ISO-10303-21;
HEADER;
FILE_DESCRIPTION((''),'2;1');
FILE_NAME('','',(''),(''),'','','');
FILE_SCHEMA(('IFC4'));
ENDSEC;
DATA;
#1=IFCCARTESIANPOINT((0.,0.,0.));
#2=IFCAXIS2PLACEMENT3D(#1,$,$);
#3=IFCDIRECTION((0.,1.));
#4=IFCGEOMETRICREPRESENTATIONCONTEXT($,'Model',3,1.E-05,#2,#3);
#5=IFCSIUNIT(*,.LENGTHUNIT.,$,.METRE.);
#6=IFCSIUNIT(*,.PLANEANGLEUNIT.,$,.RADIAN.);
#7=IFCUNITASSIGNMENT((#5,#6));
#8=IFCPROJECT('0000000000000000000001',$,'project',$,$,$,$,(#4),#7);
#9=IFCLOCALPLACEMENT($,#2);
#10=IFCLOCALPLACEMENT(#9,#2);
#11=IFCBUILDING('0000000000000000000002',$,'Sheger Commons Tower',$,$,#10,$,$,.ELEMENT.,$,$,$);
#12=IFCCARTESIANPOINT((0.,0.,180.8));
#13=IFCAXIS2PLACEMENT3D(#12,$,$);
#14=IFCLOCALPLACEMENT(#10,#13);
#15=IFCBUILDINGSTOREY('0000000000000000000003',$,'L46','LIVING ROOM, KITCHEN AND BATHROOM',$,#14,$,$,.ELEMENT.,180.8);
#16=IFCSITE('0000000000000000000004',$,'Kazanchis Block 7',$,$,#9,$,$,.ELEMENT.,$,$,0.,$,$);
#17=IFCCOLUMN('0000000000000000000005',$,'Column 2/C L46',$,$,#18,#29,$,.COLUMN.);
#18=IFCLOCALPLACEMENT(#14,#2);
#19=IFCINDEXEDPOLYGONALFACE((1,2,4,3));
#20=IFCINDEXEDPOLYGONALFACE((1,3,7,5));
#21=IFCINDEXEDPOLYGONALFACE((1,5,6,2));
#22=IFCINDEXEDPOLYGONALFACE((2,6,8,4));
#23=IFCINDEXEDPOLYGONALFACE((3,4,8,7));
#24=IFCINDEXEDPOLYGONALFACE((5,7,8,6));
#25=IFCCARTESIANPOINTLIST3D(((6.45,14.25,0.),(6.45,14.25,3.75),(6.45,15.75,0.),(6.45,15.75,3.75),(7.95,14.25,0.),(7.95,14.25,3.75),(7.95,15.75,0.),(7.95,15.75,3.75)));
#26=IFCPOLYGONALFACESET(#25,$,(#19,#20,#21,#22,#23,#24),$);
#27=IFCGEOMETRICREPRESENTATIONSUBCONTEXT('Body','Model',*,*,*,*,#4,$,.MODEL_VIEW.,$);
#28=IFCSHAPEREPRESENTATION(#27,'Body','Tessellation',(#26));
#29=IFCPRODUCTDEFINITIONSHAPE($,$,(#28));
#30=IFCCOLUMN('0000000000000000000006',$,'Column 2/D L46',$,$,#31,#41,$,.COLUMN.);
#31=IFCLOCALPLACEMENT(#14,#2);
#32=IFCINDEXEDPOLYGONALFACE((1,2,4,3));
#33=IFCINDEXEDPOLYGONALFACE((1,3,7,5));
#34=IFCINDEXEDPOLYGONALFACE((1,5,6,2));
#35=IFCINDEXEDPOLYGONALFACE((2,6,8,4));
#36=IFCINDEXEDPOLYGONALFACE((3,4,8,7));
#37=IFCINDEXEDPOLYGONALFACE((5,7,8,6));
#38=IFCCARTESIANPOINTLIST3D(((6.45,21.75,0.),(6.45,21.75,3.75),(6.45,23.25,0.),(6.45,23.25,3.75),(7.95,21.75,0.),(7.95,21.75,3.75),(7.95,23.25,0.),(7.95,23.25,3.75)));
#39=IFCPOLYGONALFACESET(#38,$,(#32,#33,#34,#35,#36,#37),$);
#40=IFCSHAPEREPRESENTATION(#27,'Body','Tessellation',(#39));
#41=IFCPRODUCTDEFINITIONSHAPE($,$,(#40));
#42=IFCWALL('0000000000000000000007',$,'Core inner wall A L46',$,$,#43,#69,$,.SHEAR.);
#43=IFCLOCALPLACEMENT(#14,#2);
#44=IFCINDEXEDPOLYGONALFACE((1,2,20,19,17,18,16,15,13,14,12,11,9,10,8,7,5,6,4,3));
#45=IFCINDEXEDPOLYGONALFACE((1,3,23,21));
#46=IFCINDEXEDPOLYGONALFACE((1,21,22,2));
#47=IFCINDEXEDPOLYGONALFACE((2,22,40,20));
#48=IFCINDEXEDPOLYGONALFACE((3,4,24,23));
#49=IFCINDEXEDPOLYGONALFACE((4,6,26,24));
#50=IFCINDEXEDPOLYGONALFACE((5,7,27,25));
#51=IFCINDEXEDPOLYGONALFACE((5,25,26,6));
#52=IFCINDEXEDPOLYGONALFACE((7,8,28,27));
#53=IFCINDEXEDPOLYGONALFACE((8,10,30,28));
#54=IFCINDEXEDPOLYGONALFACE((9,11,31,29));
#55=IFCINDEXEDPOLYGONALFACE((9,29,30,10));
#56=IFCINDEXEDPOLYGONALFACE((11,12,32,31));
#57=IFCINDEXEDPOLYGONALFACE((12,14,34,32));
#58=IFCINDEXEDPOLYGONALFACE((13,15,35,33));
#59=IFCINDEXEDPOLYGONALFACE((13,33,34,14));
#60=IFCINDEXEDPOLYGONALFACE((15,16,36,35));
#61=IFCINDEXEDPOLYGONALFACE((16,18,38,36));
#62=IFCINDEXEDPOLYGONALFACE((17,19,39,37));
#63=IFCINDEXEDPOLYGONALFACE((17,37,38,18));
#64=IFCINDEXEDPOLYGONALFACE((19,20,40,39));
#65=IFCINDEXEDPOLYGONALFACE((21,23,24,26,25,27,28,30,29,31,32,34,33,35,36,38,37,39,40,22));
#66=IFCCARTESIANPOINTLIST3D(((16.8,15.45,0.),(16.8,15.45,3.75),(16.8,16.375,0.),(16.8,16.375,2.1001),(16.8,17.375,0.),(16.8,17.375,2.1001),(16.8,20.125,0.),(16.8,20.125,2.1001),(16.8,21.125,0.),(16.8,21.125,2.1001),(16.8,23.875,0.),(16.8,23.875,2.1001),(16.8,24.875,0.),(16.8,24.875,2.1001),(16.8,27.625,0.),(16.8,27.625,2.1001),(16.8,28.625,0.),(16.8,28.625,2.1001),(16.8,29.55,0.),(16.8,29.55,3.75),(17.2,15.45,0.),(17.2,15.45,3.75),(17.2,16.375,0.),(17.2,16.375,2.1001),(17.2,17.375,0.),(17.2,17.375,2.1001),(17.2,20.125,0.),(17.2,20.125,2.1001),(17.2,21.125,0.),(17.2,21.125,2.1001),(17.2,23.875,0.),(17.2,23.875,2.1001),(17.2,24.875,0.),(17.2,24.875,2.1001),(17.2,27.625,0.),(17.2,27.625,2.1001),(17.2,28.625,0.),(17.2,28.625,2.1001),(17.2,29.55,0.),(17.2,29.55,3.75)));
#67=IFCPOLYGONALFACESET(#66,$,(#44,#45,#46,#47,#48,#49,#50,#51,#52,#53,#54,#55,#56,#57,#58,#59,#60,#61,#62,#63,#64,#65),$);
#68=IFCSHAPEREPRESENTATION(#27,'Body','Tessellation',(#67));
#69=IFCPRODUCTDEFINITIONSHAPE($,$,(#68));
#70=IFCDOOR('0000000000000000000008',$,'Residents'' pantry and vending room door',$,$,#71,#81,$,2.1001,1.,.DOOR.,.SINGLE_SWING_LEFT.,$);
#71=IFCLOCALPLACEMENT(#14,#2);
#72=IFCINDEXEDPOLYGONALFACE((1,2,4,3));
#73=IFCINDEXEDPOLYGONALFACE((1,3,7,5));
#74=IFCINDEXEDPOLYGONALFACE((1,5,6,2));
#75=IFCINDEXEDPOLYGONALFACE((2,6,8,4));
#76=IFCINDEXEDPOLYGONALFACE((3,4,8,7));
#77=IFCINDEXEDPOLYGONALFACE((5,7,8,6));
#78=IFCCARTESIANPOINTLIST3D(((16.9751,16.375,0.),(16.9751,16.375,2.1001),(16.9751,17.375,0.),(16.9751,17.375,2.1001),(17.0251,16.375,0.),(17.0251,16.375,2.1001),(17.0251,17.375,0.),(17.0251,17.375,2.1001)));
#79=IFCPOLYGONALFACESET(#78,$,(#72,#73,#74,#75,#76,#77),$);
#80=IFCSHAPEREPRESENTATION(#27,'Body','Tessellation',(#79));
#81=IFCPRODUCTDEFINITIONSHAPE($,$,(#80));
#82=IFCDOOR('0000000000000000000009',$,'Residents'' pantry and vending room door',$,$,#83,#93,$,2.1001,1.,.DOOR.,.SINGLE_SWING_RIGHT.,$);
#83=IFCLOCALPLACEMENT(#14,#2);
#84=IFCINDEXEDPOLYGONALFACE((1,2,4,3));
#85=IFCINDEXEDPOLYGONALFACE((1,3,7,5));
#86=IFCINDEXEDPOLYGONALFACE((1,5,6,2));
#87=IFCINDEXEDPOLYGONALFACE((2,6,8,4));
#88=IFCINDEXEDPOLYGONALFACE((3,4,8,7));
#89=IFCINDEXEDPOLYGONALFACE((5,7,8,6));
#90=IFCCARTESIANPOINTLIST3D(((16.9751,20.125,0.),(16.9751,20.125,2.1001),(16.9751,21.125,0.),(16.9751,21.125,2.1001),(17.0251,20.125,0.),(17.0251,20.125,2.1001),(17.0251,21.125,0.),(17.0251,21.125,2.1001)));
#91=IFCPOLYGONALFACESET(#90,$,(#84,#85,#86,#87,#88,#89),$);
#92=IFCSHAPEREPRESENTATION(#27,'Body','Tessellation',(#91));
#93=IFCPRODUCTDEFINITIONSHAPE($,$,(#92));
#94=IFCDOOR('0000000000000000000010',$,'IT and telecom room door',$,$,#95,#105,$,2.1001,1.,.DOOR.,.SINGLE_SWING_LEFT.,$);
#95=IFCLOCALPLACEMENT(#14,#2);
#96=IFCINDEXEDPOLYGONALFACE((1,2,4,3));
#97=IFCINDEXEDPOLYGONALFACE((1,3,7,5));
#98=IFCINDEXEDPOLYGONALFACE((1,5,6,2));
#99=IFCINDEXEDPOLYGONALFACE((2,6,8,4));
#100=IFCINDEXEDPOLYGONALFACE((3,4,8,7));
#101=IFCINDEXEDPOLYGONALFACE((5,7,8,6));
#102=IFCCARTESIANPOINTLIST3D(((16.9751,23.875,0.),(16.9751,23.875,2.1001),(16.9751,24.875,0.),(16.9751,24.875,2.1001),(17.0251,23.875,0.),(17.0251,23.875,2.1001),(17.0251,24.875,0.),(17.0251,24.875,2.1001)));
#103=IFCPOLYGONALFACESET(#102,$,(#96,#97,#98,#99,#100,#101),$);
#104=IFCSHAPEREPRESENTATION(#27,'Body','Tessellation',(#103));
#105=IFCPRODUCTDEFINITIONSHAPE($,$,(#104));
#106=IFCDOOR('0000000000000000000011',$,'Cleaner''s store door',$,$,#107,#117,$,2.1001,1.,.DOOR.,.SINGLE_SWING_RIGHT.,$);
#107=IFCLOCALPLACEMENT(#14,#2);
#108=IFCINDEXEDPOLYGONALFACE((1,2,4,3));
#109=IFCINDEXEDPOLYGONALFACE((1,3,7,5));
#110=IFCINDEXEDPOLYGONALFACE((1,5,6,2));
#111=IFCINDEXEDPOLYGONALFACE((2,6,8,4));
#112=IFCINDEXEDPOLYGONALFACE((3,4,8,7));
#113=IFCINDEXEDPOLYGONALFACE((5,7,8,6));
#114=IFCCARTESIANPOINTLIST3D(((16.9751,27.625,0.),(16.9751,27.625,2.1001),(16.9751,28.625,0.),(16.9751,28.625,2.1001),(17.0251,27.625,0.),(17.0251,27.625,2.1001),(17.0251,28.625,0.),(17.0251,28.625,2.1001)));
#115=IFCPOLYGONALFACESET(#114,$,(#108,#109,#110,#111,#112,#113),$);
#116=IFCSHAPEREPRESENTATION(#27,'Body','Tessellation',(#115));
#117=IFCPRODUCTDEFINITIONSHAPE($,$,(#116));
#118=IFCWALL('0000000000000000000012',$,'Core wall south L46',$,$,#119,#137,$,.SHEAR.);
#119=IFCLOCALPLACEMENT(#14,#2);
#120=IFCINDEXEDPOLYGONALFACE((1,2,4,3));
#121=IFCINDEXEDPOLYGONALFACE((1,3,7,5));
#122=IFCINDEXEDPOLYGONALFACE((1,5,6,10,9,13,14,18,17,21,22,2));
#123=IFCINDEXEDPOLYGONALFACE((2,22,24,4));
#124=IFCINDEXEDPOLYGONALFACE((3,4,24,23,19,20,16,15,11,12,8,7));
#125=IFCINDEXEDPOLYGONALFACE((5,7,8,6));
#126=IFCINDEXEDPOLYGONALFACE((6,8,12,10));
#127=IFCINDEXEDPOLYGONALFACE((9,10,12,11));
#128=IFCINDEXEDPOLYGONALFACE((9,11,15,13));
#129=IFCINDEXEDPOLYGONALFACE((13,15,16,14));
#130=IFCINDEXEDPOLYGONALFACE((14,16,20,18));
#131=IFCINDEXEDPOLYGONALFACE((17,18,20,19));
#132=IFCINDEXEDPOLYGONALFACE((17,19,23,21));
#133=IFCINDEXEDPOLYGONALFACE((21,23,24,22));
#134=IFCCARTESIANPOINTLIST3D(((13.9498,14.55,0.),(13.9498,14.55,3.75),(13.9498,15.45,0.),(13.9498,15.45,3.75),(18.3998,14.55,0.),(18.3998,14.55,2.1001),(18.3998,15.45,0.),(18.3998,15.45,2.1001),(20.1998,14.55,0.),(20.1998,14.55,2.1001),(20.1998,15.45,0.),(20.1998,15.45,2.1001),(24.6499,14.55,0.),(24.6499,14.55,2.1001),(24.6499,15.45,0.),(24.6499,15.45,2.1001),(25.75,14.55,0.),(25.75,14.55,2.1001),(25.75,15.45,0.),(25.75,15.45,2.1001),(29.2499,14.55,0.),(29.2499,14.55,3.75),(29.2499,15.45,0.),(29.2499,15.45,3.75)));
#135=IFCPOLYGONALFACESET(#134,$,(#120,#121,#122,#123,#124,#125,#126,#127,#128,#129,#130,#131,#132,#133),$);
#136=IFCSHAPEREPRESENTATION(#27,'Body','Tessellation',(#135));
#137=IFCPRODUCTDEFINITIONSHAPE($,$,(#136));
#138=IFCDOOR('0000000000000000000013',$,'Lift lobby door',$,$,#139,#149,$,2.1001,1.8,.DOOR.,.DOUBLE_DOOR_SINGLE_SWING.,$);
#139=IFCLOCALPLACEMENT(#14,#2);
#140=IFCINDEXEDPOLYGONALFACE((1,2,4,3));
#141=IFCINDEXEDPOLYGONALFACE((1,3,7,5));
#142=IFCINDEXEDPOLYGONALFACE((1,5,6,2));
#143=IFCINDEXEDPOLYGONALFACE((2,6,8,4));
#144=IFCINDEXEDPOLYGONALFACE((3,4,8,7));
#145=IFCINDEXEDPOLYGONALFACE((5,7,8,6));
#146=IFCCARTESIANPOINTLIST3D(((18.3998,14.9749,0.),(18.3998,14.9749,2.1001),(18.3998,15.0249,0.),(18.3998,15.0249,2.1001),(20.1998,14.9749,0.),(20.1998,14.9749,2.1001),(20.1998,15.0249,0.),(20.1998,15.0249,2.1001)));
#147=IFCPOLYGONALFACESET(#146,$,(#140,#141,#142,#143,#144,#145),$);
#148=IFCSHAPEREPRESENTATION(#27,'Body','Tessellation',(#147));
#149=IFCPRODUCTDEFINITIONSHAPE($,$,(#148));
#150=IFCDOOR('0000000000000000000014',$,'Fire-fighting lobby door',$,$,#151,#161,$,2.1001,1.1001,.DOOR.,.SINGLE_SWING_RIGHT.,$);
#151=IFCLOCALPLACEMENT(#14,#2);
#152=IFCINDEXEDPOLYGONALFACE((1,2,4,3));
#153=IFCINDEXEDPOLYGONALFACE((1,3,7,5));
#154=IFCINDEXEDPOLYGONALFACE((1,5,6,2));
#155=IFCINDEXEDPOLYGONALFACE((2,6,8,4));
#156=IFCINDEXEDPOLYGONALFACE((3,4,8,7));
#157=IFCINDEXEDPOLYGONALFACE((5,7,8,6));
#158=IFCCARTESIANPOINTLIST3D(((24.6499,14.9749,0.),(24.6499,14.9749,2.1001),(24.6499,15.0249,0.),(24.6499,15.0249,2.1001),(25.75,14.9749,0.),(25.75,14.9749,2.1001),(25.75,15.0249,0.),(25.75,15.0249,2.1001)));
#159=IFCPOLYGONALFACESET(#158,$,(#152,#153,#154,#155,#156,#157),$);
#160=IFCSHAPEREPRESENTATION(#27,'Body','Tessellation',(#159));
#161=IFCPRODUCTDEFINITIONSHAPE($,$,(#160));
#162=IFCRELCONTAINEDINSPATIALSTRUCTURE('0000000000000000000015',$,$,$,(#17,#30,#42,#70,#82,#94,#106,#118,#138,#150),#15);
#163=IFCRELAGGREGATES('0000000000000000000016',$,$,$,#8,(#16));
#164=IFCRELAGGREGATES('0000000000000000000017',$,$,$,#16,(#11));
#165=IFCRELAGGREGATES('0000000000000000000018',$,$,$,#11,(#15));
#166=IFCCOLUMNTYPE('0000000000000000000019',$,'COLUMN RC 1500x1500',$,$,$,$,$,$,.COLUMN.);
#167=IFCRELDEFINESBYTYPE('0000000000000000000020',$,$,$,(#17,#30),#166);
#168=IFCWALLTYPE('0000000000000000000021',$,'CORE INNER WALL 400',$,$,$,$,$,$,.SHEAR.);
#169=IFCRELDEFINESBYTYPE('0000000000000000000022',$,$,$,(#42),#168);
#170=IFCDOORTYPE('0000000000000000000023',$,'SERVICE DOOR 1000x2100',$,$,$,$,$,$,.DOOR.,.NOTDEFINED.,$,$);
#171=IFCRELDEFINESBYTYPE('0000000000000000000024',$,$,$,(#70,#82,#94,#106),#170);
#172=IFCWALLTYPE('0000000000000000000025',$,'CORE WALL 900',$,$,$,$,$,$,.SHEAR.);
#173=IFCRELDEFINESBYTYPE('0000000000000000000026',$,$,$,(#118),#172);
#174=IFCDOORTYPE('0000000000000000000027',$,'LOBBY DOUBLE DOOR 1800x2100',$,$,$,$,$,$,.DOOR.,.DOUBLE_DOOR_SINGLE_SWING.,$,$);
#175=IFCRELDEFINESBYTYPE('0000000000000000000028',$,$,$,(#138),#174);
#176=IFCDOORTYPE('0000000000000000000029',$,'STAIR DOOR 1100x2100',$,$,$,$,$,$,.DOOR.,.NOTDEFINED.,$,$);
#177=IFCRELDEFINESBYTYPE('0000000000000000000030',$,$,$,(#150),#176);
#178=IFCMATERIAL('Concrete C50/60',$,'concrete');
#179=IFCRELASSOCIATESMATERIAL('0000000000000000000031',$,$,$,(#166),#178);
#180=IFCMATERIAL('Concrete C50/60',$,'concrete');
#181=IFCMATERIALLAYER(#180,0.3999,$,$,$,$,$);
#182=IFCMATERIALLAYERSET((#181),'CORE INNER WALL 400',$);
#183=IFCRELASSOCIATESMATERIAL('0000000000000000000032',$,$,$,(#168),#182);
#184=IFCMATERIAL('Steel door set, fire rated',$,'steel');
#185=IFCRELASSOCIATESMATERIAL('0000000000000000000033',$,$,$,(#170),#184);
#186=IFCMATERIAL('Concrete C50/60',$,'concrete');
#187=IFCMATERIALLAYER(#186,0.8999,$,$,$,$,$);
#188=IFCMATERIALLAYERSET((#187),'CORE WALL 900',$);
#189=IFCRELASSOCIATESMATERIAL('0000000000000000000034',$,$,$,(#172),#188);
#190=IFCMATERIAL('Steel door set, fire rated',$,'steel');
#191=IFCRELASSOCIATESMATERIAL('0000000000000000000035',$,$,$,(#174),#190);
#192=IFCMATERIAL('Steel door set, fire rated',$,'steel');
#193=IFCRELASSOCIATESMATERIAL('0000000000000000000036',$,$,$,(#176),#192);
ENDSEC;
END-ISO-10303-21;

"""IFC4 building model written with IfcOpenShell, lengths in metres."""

from ifc_helpers import new_model, si_unit, direction, frame, frame_2d, origin, origin_2d, place, context, subcontext, project, spatial, rectangle, extrude, material, layer, layer_set, material_profile, profile_set, type_object, element, fill, save


model = new_model("IFC4")

# Units and contexts
model_context = context("Model", 3, precision=1e-05, world=origin(), true_north=direction((0.0, 1.0)))
body_context = subcontext(model_context, "Body", "Model", "MODEL_VIEW")
ifc_project = project(units=[si_unit("LENGTHUNIT", "METRE"), si_unit("PLANEANGLEUNIT", "RADIAN")], contexts=[model_context])

# Site, building, storey
site_placement = place(None, origin())
site = spatial("IfcSite", under=ifc_project, at=site_placement, Name="Kazanchis Block 7", CompositionType="ELEMENT", RefElevation=0.0)
building_placement = place(site_placement, origin())
building = spatial("IfcBuilding", under=site, at=building_placement, Name="Sheger Commons Tower", CompositionType="ELEMENT")
storey_placement = place(building_placement, frame((0.0, 0.0, 180.8)))
storey = spatial("IfcBuildingStorey", under=building, at=storey_placement, Name="L46", Description="LIVING ROOM, KITCHEN AND BATHROOM", CompositionType="ELEMENT", Elevation=180.8)

# Columns
ifc_material_1 = material(Name="Concrete C50/60", Category="concrete")
ifc_material_profile = material_profile(ifc_material_1, rectangle(XDim=1.5, YDim=1.5, at=origin_2d()), Name="RC 1500x1500")
ifc_profile_set = profile_set([ifc_material_profile], Name="Concrete C50/60")
column_type = type_object("IfcColumnType", Name="COLUMN RC 1500x1500", PredefinedType="COLUMN", material=ifc_profile_set)
for number, where, z_axis, x_axis, name in (
    (1, (7.2, 15.0, 0.0), (0.0, 0.0, 1.0), (1.0, 0.0, 0.0), "Column 2/C L46"),
    (2, (7.2, 22.5, 0.0), (0.0, 0.0, 1.0), (1.0, 0.0, 0.0), "Column 2/D L46"),
):
    element("IfcColumn", number, at=place(storey_placement, frame(where, z_axis=z_axis, x_axis=x_axis)), inside=storey, type_object=column_type, Name=name, PredefinedType="COLUMN", context=body_context, shape_type="SweptSolid", body=[
        extrude(rectangle(XDim=1.5, YDim=1.5, at=origin_2d()), origin(), (0.0, 0.0, 1.0), 3.75),
    ])

# Walls, openings, doors
ifc_material_2 = material(Name="Concrete C50/60", Category="concrete")
ifc_layer_1 = layer(ifc_material_2, 0.3999)
ifc_layer_set_1 = layer_set([ifc_layer_1], Name="CORE INNER WALL 400")
wall_type_1 = type_object("IfcWallType", Name="CORE INNER WALL 400", PredefinedType="SHEAR", material=ifc_layer_set_1)
wall_1_placement = place(storey_placement, frame((17.0, 15.45, 0.0), z_axis=(0.0, 0.0, 1.0), x_axis=(0.0, 1.0, 0.0)))
wall_1 = element("IfcWall", 3, at=wall_1_placement, inside=storey, type_object=wall_type_1, Name="Core inner wall A L46", PredefinedType="SHEAR", context=body_context, shape_type="SweptSolid", body=[
    extrude(rectangle(XDim=14.1001, YDim=0.3999, at=frame_2d((7.05, 0.0))), origin(), (0.0, 0.0, 1.0), 3.75),
])
opening_1_placement = place(wall_1_placement, frame((0.925, 0.0, 0.0)))
opening_1 = element("IfcOpeningElement", 4, at=opening_1_placement, cuts=wall_1, PredefinedType="OPENING", context=body_context, shape_type="SweptSolid", body=[
    extrude(rectangle(XDim=1.0, YDim=2.1001, at=frame_2d((0.5, 1.05))), frame((0.0, 0.21, 0.0), z_axis=(0.0, -1.0, 0.0), x_axis=(1.0, 0.0, 0.0)), (0.0, 0.0, 1.0), 0.4199),
])
opening_2_placement = place(wall_1_placement, frame((4.675, 0.0, 0.0)))
opening_2 = element("IfcOpeningElement", 5, at=opening_2_placement, cuts=wall_1, PredefinedType="OPENING", context=body_context, shape_type="SweptSolid", body=[
    extrude(rectangle(XDim=1.0, YDim=2.1001, at=frame_2d((0.5, 1.05))), frame((0.0, 0.21, 0.0), z_axis=(0.0, -1.0, 0.0), x_axis=(1.0, 0.0, 0.0)), (0.0, 0.0, 1.0), 0.4199),
])
opening_3_placement = place(wall_1_placement, frame((8.425, 0.0, 0.0)))
opening_3 = element("IfcOpeningElement", 6, at=opening_3_placement, cuts=wall_1, PredefinedType="OPENING", context=body_context, shape_type="SweptSolid", body=[
    extrude(rectangle(XDim=1.0, YDim=2.1001, at=frame_2d((0.5, 1.05))), frame((0.0, 0.21, 0.0), z_axis=(0.0, -1.0, 0.0), x_axis=(1.0, 0.0, 0.0)), (0.0, 0.0, 1.0), 0.4199),
])
opening_4_placement = place(wall_1_placement, frame((12.175, 0.0, 0.0)))
opening_4 = element("IfcOpeningElement", 7, at=opening_4_placement, cuts=wall_1, PredefinedType="OPENING", context=body_context, shape_type="SweptSolid", body=[
    extrude(rectangle(XDim=1.0, YDim=2.1001, at=frame_2d((0.5, 1.05))), frame((0.0, 0.21, 0.0), z_axis=(0.0, -1.0, 0.0), x_axis=(1.0, 0.0, 0.0)), (0.0, 0.0, 1.0), 0.4199),
])
ifc_material_3 = material(Name="Steel door set, fire rated", Category="steel")
door_type_1 = type_object("IfcDoorType", Name="SERVICE DOOR 1000x2100", OperationType="NOTDEFINED", PredefinedType="DOOR", material=ifc_material_3)
door_1_placement = place(opening_1_placement, origin())
door_1 = element("IfcDoor", 8, at=door_1_placement, inside=storey, type_object=door_type_1, Name="Residents' pantry and vending room door", OperationType="SINGLE_SWING_LEFT", OverallHeight=2.1001, OverallWidth=1.0, PredefinedType="DOOR", context=body_context, shape_type="SweptSolid", body=[
    extrude(rectangle(XDim=1.0, YDim=2.1001, at=frame_2d((0.5, 1.05))), frame((0.0, 0.0249, 0.0), z_axis=(0.0, -1.0, 0.0), x_axis=(1.0, 0.0, 0.0)), (0.0, 0.0, 1.0), 0.05),
])
fill(opening_1, door_1)
door_2_placement = place(opening_2_placement, origin())
door_2 = element("IfcDoor", 9, at=door_2_placement, inside=storey, type_object=door_type_1, Name="Residents' pantry and vending room door", OperationType="SINGLE_SWING_RIGHT", OverallHeight=2.1001, OverallWidth=1.0, PredefinedType="DOOR", context=body_context, shape_type="SweptSolid", body=[
    extrude(rectangle(XDim=1.0, YDim=2.1001, at=frame_2d((0.5, 1.05))), frame((0.0, 0.0249, 0.0), z_axis=(0.0, -1.0, 0.0), x_axis=(1.0, 0.0, 0.0)), (0.0, 0.0, 1.0), 0.05),
])
fill(opening_2, door_2)
door_3_placement = place(opening_3_placement, origin())
door_3 = element("IfcDoor", 10, at=door_3_placement, inside=storey, type_object=door_type_1, Name="IT and telecom room door", OperationType="SINGLE_SWING_LEFT", OverallHeight=2.1001, OverallWidth=1.0, PredefinedType="DOOR", context=body_context, shape_type="SweptSolid", body=[
    extrude(rectangle(XDim=1.0, YDim=2.1001, at=frame_2d((0.5, 1.05))), frame((0.0, 0.0249, 0.0), z_axis=(0.0, -1.0, 0.0), x_axis=(1.0, 0.0, 0.0)), (0.0, 0.0, 1.0), 0.05),
])
fill(opening_3, door_3)
door_4_placement = place(opening_4_placement, origin())
door_4 = element("IfcDoor", 11, at=door_4_placement, inside=storey, type_object=door_type_1, Name="Cleaner's store door", OperationType="SINGLE_SWING_RIGHT", OverallHeight=2.1001, OverallWidth=1.0, PredefinedType="DOOR", context=body_context, shape_type="SweptSolid", body=[
    extrude(rectangle(XDim=1.0, YDim=2.1001, at=frame_2d((0.5, 1.05))), frame((0.0, 0.0249, 0.0), z_axis=(0.0, -1.0, 0.0), x_axis=(1.0, 0.0, 0.0)), (0.0, 0.0, 1.0), 0.05),
])
fill(opening_4, door_4)
ifc_material_4 = material(Name="Concrete C50/60", Category="concrete")
ifc_layer_2 = layer(ifc_material_4, 0.8999)
ifc_layer_set_2 = layer_set([ifc_layer_2], Name="CORE WALL 900")
wall_type_2 = type_object("IfcWallType", Name="CORE WALL 900", PredefinedType="SHEAR", material=ifc_layer_set_2)
wall_2_placement = place(storey_placement, frame((13.95, 15.0, 0.0), z_axis=(0.0, 0.0, 1.0), x_axis=(1.0, 0.0, 0.0)))
wall_2 = element("IfcWall", 12, at=wall_2_placement, inside=storey, type_object=wall_type_2, Name="Core wall south L46", PredefinedType="SHEAR", context=body_context, shape_type="SweptSolid", body=[
    extrude(rectangle(XDim=15.3, YDim=0.8999, at=frame_2d((7.6499, 0.0))), origin(), (0.0, 0.0, 1.0), 3.75),
])
opening_5_placement = place(wall_2_placement, frame((4.45, 0.0, 0.0)))
opening_5 = element("IfcOpeningElement", 13, at=opening_5_placement, cuts=wall_2, PredefinedType="OPENING", context=body_context, shape_type="SweptSolid", body=[
    extrude(rectangle(XDim=1.8, YDim=2.1001, at=frame_2d((0.8999, 1.05))), frame((0.0, 0.46, 0.0), z_axis=(0.0, -1.0, 0.0), x_axis=(1.0, 0.0, 0.0)), (0.0, 0.0, 1.0), 0.9199),
])
opening_6_placement = place(wall_2_placement, frame((10.7, 0.0, 0.0)))
opening_6 = element("IfcOpeningElement", 14, at=opening_6_placement, cuts=wall_2, PredefinedType="OPENING", context=body_context, shape_type="SweptSolid", body=[
    extrude(rectangle(XDim=1.1001, YDim=2.1001, at=frame_2d((0.55, 1.05))), frame((0.0, 0.46, 0.0), z_axis=(0.0, -1.0, 0.0), x_axis=(1.0, 0.0, 0.0)), (0.0, 0.0, 1.0), 0.9199),
])
ifc_material_5 = material(Name="Steel door set, fire rated", Category="steel")
door_type_2 = type_object("IfcDoorType", Name="LOBBY DOUBLE DOOR 1800x2100", OperationType="DOUBLE_DOOR_SINGLE_SWING", PredefinedType="DOOR", material=ifc_material_5)
door_5_placement = place(opening_5_placement, origin())
door_5 = element("IfcDoor", 15, at=door_5_placement, inside=storey, type_object=door_type_2, Name="Lift lobby door", OperationType="DOUBLE_DOOR_SINGLE_SWING", OverallHeight=2.1001, OverallWidth=1.8, PredefinedType="DOOR", context=body_context, shape_type="SweptSolid", body=[
    extrude(rectangle(XDim=1.8, YDim=2.1001, at=frame_2d((0.8999, 1.05))), frame((0.0, 0.0249, 0.0), z_axis=(0.0, -1.0, 0.0), x_axis=(1.0, 0.0, 0.0)), (0.0, 0.0, 1.0), 0.05),
])
fill(opening_5, door_5)
ifc_material_6 = material(Name="Steel door set, fire rated", Category="steel")
door_type_3 = type_object("IfcDoorType", Name="STAIR DOOR 1100x2100", OperationType="NOTDEFINED", PredefinedType="DOOR", material=ifc_material_6)
door_6_placement = place(opening_6_placement, origin())
door_6 = element("IfcDoor", 16, at=door_6_placement, inside=storey, type_object=door_type_3, Name="Fire-fighting lobby door", OperationType="SINGLE_SWING_RIGHT", OverallHeight=2.1001, OverallWidth=1.1001, PredefinedType="DOOR", context=body_context, shape_type="SweptSolid", body=[
    extrude(rectangle(XDim=1.1001, YDim=2.1001, at=frame_2d((0.55, 1.05))), frame((0.0, 0.0249, 0.0), z_axis=(0.0, -1.0, 0.0), x_axis=(1.0, 0.0, 0.0)), (0.0, 0.0, 1.0), 0.05),
])
fill(opening_6, door_6)

save(model, "model.ifc")
